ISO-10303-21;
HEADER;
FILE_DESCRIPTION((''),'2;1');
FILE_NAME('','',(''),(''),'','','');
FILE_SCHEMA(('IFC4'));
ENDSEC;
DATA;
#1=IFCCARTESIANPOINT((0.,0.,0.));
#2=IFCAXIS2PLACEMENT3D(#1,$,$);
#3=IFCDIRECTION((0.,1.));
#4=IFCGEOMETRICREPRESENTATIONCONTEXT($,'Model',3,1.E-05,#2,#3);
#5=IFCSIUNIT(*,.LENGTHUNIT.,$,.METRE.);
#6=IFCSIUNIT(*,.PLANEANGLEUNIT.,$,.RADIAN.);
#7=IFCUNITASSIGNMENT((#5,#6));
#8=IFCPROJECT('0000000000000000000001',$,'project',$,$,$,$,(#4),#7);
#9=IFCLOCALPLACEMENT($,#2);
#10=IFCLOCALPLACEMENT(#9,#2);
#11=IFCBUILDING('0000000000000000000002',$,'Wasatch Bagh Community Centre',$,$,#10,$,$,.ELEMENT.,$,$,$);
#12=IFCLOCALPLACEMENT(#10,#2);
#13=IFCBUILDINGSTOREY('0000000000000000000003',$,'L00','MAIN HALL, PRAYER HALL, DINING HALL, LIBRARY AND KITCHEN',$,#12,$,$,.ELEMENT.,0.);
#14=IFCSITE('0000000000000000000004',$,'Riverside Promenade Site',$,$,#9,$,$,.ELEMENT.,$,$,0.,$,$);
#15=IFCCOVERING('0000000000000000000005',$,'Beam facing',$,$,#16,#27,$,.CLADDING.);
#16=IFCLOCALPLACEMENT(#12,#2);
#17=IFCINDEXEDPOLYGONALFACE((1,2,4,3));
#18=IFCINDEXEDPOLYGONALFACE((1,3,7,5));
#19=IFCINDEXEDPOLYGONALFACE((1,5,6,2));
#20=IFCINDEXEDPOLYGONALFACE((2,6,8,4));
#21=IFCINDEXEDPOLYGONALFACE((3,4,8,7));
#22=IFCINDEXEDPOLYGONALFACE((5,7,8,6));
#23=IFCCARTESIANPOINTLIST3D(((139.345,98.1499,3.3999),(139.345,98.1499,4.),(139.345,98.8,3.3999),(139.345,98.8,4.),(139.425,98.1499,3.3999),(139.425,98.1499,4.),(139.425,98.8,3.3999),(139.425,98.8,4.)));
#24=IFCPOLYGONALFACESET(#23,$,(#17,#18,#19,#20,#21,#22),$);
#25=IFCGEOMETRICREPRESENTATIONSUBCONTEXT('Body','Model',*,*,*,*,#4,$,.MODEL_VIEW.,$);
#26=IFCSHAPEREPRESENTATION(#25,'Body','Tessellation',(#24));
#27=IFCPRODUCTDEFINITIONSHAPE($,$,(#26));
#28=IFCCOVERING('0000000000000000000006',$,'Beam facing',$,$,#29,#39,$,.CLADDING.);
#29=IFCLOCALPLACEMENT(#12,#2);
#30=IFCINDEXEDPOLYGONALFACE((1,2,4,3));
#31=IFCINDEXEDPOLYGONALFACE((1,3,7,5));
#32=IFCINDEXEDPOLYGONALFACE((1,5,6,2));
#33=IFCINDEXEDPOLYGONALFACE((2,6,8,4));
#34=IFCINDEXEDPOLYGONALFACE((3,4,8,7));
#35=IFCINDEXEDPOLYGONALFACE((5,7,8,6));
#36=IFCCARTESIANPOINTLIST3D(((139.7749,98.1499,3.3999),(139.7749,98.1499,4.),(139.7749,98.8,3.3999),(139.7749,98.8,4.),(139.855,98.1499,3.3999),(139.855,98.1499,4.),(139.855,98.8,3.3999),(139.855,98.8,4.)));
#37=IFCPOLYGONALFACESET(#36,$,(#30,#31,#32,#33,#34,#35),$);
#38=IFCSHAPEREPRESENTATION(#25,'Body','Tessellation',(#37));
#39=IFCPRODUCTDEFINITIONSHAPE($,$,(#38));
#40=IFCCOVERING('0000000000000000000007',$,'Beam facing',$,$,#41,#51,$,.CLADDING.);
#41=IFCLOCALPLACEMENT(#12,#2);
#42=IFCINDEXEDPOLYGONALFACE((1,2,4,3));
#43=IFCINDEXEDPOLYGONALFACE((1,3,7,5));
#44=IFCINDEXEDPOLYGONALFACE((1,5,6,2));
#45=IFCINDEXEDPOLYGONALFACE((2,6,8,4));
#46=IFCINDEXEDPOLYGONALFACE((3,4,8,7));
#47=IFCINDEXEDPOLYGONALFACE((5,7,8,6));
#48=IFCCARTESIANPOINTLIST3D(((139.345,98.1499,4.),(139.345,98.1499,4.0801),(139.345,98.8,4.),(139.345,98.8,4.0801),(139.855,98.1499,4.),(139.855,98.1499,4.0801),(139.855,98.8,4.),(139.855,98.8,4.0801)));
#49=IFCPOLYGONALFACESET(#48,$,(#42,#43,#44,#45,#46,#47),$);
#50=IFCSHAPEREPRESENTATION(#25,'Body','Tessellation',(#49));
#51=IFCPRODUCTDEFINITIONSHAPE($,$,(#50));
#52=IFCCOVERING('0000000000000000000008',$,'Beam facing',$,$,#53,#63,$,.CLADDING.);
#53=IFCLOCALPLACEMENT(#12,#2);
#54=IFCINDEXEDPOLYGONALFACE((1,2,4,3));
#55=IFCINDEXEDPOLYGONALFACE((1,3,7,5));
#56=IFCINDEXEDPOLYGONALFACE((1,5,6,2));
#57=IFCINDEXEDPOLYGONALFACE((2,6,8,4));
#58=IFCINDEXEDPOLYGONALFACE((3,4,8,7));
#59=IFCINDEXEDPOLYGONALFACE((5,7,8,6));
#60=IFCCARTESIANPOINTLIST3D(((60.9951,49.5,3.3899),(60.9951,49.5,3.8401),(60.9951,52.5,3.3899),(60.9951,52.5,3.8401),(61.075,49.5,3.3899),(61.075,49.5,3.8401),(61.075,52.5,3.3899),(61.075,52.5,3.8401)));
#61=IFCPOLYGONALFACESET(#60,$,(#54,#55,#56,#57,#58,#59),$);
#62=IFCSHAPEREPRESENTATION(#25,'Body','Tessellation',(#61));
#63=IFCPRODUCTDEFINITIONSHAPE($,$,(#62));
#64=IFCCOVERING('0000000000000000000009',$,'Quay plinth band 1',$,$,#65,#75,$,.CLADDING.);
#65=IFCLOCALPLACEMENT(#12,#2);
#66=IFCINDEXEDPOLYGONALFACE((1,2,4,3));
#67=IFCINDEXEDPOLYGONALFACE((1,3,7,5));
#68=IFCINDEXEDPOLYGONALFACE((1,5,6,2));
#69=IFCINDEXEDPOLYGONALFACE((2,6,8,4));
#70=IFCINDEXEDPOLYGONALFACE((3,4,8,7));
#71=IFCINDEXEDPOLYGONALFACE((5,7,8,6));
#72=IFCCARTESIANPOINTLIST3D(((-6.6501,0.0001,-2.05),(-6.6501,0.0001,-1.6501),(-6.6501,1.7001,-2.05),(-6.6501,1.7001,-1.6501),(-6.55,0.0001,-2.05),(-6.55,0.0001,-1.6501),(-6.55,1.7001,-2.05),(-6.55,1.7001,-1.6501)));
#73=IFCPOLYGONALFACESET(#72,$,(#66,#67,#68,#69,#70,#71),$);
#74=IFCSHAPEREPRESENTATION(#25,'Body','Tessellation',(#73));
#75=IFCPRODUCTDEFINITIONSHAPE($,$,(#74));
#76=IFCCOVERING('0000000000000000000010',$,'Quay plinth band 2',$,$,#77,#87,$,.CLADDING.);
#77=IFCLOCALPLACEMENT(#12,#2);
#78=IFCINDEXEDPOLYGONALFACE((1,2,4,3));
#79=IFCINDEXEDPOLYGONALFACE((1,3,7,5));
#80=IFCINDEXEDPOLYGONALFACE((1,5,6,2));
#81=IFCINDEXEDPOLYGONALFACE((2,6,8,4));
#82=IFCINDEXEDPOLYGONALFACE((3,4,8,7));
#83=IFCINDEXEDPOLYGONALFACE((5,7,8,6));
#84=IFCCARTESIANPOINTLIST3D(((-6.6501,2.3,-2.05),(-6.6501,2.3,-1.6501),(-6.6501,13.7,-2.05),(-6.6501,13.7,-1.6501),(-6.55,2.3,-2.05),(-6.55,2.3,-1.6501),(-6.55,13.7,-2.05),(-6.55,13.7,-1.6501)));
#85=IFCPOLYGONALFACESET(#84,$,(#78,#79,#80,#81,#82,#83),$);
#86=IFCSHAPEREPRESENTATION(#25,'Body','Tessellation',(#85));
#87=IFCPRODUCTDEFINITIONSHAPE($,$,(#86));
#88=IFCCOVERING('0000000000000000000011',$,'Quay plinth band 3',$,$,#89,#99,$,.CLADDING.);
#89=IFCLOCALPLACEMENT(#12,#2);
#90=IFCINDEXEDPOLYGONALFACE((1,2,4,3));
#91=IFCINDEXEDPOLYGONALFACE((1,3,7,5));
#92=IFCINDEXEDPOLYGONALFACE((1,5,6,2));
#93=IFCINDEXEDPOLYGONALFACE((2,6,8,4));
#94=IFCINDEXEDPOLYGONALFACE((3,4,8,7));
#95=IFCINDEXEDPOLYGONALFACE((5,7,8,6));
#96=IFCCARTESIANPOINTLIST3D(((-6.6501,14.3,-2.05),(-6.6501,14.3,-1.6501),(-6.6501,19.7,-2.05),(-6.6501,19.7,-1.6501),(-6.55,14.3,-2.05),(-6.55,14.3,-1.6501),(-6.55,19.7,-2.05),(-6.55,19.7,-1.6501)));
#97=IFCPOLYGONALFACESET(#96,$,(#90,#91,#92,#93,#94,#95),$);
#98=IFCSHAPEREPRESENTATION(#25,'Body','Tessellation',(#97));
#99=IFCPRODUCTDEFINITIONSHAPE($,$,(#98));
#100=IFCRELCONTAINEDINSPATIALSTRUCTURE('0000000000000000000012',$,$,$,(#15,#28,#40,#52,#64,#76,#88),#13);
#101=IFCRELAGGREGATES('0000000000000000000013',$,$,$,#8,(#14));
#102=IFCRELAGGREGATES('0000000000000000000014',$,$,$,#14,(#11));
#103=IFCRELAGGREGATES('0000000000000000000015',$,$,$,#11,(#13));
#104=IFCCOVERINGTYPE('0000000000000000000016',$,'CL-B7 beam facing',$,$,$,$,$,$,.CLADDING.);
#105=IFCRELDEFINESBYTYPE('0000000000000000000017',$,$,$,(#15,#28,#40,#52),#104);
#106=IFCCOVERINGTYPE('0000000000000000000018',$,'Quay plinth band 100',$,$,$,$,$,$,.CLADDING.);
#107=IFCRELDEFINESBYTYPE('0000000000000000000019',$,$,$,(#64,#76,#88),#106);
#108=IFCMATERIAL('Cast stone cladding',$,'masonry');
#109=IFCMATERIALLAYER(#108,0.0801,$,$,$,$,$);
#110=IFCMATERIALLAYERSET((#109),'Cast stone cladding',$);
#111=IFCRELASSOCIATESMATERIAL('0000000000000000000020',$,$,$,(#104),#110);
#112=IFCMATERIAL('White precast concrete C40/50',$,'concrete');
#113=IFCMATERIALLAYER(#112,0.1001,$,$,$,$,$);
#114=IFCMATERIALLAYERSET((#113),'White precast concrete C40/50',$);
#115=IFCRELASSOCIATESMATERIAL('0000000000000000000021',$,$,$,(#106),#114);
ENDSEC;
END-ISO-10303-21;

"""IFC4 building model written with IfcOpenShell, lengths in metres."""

from ifc_helpers import new_model, si_unit, direction, frame, origin, origin_2d, place, context, subcontext, project, spatial, polyline, rectangle, outline, extrude, material, layer, layer_set, type_object, element, save


model = new_model("IFC4")

# Units and contexts
model_context = context("Model", 3, precision=1e-05, world=origin(), true_north=direction((0.0, 1.0)))
body_context = subcontext(model_context, "Body", "Model", "MODEL_VIEW")
ifc_project = project(units=[si_unit("LENGTHUNIT", "METRE"), si_unit("PLANEANGLEUNIT", "RADIAN")], contexts=[model_context])

# Site, building, storey
site_placement = place(None, origin())
site = spatial("IfcSite", under=ifc_project, at=site_placement, Name="Riverside Promenade Site", CompositionType="ELEMENT", RefElevation=0.0)
building_placement = place(site_placement, origin())
building = spatial("IfcBuilding", under=site, at=building_placement, Name="Wasatch Bagh Community Centre", CompositionType="ELEMENT")
storey_placement = place(building_placement, origin())
storey = spatial("IfcBuildingStorey", under=building, at=storey_placement, Name="L00", Description="MAIN HALL, PRAYER HALL, DINING HALL, LIBRARY AND KITCHEN", CompositionType="ELEMENT", Elevation=0.0)

# Coverings
ifc_material_1 = material(Name="Cast stone cladding", Category="masonry")
ifc_layer_1 = layer(ifc_material_1, 0.0801)
ifc_layer_set_1 = layer_set([ifc_layer_1], Name="Cast stone cladding")
covering_type_1 = type_object("IfcCoveringType", Name="CL-B7 beam facing", PredefinedType="CLADDING", material=ifc_layer_set_1)
covering_1_placement = place(storey_placement, frame((0.0, 0.0, 3.3999)))
element("IfcCovering", 1, at=covering_1_placement, inside=storey, type_object=covering_type_1, Name="Beam facing", PredefinedType="CLADDING", context=body_context, shape_type="SweptSolid", body=[
    extrude(outline(polyline([(139.425, 98.1499), (139.425, 98.8), (139.345, 98.8), (139.345, 98.1499), (139.425, 98.1499)])), origin(), (0.0, 0.0, 1.0), 0.6001),
])
covering_2_placement = place(storey_placement, frame((0.0, 0.0, 3.3999)))
element("IfcCovering", 2, at=covering_2_placement, inside=storey, type_object=covering_type_1, Name="Beam facing", PredefinedType="CLADDING", context=body_context, shape_type="SweptSolid", body=[
    extrude(outline(polyline([(139.7749, 98.1499), (139.7749, 98.8), (139.855, 98.8), (139.855, 98.1499), (139.7749, 98.1499)])), origin(), (0.0, 0.0, 1.0), 0.6001),
])
covering_3_placement = place(storey_placement, frame((0.0, 0.0, 4.0)))
element("IfcCovering", 3, at=covering_3_placement, inside=storey, type_object=covering_type_1, Name="Beam facing", PredefinedType="CLADDING", context=body_context, shape_type="SweptSolid", body=[
    extrude(outline(polyline([(139.855, 98.1499), (139.855, 98.8), (139.345, 98.8), (139.345, 98.1499), (139.855, 98.1499)])), origin(), (0.0, 0.0, 1.0), 0.0801),
])
covering_4_placement = place(storey_placement, frame((0.0, 0.0, 3.3899)))
element("IfcCovering", 4, at=covering_4_placement, inside=storey, type_object=covering_type_1, Name="Beam facing", PredefinedType="CLADDING", context=body_context, shape_type="SweptSolid", body=[
    extrude(outline(polyline([(61.075, 49.5), (61.075, 52.5), (60.9951, 52.5), (60.9951, 49.5), (61.075, 49.5)])), origin(), (0.0, 0.0, 1.0), 0.4502),
])
ifc_material_2 = material(Name="White precast concrete C40/50", Category="concrete")
ifc_layer_2 = layer(ifc_material_2, 0.1001)
ifc_layer_set_2 = layer_set([ifc_layer_2], Name="White precast concrete C40/50")
covering_type_2 = type_object("IfcCoveringType", Name="Quay plinth band 100", PredefinedType="CLADDING", material=ifc_layer_set_2)
covering_5_placement = place(storey_placement, frame((-6.6001, 0.8501, -2.05), z_axis=(0.0, 0.0, 1.0), x_axis=(1.0, 0.0, 0.0)))
element("IfcCovering", 5, at=covering_5_placement, inside=storey, type_object=covering_type_2, Name="Quay plinth band 1", PredefinedType="CLADDING", context=body_context, shape_type="SweptSolid", body=[
    extrude(rectangle(XDim=0.1001, YDim=1.7, at=origin_2d()), origin(), (0.0, 0.0, 1.0), 0.3999),
])
covering_6_placement = place(storey_placement, frame((-6.6001, 8.0, -2.05), z_axis=(0.0, 0.0, 1.0), x_axis=(1.0, 0.0, 0.0)))
element("IfcCovering", 6, at=covering_6_placement, inside=storey, type_object=covering_type_2, Name="Quay plinth band 2", PredefinedType="CLADDING", context=body_context, shape_type="SweptSolid", body=[
    extrude(rectangle(XDim=0.1001, YDim=11.3999, at=origin_2d()), origin(), (0.0, 0.0, 1.0), 0.3999),
])
covering_7_placement = place(storey_placement, frame((-6.6001, 17.0, -2.05), z_axis=(0.0, 0.0, 1.0), x_axis=(1.0, 0.0, 0.0)))
element("IfcCovering", 7, at=covering_7_placement, inside=storey, type_object=covering_type_2, Name="Quay plinth band 3", PredefinedType="CLADDING", context=body_context, shape_type="SweptSolid", body=[
    extrude(rectangle(XDim=0.1001, YDim=5.3999, at=origin_2d()), origin(), (0.0, 0.0, 1.0), 0.3999),
])

save(model, "model.ifc")
